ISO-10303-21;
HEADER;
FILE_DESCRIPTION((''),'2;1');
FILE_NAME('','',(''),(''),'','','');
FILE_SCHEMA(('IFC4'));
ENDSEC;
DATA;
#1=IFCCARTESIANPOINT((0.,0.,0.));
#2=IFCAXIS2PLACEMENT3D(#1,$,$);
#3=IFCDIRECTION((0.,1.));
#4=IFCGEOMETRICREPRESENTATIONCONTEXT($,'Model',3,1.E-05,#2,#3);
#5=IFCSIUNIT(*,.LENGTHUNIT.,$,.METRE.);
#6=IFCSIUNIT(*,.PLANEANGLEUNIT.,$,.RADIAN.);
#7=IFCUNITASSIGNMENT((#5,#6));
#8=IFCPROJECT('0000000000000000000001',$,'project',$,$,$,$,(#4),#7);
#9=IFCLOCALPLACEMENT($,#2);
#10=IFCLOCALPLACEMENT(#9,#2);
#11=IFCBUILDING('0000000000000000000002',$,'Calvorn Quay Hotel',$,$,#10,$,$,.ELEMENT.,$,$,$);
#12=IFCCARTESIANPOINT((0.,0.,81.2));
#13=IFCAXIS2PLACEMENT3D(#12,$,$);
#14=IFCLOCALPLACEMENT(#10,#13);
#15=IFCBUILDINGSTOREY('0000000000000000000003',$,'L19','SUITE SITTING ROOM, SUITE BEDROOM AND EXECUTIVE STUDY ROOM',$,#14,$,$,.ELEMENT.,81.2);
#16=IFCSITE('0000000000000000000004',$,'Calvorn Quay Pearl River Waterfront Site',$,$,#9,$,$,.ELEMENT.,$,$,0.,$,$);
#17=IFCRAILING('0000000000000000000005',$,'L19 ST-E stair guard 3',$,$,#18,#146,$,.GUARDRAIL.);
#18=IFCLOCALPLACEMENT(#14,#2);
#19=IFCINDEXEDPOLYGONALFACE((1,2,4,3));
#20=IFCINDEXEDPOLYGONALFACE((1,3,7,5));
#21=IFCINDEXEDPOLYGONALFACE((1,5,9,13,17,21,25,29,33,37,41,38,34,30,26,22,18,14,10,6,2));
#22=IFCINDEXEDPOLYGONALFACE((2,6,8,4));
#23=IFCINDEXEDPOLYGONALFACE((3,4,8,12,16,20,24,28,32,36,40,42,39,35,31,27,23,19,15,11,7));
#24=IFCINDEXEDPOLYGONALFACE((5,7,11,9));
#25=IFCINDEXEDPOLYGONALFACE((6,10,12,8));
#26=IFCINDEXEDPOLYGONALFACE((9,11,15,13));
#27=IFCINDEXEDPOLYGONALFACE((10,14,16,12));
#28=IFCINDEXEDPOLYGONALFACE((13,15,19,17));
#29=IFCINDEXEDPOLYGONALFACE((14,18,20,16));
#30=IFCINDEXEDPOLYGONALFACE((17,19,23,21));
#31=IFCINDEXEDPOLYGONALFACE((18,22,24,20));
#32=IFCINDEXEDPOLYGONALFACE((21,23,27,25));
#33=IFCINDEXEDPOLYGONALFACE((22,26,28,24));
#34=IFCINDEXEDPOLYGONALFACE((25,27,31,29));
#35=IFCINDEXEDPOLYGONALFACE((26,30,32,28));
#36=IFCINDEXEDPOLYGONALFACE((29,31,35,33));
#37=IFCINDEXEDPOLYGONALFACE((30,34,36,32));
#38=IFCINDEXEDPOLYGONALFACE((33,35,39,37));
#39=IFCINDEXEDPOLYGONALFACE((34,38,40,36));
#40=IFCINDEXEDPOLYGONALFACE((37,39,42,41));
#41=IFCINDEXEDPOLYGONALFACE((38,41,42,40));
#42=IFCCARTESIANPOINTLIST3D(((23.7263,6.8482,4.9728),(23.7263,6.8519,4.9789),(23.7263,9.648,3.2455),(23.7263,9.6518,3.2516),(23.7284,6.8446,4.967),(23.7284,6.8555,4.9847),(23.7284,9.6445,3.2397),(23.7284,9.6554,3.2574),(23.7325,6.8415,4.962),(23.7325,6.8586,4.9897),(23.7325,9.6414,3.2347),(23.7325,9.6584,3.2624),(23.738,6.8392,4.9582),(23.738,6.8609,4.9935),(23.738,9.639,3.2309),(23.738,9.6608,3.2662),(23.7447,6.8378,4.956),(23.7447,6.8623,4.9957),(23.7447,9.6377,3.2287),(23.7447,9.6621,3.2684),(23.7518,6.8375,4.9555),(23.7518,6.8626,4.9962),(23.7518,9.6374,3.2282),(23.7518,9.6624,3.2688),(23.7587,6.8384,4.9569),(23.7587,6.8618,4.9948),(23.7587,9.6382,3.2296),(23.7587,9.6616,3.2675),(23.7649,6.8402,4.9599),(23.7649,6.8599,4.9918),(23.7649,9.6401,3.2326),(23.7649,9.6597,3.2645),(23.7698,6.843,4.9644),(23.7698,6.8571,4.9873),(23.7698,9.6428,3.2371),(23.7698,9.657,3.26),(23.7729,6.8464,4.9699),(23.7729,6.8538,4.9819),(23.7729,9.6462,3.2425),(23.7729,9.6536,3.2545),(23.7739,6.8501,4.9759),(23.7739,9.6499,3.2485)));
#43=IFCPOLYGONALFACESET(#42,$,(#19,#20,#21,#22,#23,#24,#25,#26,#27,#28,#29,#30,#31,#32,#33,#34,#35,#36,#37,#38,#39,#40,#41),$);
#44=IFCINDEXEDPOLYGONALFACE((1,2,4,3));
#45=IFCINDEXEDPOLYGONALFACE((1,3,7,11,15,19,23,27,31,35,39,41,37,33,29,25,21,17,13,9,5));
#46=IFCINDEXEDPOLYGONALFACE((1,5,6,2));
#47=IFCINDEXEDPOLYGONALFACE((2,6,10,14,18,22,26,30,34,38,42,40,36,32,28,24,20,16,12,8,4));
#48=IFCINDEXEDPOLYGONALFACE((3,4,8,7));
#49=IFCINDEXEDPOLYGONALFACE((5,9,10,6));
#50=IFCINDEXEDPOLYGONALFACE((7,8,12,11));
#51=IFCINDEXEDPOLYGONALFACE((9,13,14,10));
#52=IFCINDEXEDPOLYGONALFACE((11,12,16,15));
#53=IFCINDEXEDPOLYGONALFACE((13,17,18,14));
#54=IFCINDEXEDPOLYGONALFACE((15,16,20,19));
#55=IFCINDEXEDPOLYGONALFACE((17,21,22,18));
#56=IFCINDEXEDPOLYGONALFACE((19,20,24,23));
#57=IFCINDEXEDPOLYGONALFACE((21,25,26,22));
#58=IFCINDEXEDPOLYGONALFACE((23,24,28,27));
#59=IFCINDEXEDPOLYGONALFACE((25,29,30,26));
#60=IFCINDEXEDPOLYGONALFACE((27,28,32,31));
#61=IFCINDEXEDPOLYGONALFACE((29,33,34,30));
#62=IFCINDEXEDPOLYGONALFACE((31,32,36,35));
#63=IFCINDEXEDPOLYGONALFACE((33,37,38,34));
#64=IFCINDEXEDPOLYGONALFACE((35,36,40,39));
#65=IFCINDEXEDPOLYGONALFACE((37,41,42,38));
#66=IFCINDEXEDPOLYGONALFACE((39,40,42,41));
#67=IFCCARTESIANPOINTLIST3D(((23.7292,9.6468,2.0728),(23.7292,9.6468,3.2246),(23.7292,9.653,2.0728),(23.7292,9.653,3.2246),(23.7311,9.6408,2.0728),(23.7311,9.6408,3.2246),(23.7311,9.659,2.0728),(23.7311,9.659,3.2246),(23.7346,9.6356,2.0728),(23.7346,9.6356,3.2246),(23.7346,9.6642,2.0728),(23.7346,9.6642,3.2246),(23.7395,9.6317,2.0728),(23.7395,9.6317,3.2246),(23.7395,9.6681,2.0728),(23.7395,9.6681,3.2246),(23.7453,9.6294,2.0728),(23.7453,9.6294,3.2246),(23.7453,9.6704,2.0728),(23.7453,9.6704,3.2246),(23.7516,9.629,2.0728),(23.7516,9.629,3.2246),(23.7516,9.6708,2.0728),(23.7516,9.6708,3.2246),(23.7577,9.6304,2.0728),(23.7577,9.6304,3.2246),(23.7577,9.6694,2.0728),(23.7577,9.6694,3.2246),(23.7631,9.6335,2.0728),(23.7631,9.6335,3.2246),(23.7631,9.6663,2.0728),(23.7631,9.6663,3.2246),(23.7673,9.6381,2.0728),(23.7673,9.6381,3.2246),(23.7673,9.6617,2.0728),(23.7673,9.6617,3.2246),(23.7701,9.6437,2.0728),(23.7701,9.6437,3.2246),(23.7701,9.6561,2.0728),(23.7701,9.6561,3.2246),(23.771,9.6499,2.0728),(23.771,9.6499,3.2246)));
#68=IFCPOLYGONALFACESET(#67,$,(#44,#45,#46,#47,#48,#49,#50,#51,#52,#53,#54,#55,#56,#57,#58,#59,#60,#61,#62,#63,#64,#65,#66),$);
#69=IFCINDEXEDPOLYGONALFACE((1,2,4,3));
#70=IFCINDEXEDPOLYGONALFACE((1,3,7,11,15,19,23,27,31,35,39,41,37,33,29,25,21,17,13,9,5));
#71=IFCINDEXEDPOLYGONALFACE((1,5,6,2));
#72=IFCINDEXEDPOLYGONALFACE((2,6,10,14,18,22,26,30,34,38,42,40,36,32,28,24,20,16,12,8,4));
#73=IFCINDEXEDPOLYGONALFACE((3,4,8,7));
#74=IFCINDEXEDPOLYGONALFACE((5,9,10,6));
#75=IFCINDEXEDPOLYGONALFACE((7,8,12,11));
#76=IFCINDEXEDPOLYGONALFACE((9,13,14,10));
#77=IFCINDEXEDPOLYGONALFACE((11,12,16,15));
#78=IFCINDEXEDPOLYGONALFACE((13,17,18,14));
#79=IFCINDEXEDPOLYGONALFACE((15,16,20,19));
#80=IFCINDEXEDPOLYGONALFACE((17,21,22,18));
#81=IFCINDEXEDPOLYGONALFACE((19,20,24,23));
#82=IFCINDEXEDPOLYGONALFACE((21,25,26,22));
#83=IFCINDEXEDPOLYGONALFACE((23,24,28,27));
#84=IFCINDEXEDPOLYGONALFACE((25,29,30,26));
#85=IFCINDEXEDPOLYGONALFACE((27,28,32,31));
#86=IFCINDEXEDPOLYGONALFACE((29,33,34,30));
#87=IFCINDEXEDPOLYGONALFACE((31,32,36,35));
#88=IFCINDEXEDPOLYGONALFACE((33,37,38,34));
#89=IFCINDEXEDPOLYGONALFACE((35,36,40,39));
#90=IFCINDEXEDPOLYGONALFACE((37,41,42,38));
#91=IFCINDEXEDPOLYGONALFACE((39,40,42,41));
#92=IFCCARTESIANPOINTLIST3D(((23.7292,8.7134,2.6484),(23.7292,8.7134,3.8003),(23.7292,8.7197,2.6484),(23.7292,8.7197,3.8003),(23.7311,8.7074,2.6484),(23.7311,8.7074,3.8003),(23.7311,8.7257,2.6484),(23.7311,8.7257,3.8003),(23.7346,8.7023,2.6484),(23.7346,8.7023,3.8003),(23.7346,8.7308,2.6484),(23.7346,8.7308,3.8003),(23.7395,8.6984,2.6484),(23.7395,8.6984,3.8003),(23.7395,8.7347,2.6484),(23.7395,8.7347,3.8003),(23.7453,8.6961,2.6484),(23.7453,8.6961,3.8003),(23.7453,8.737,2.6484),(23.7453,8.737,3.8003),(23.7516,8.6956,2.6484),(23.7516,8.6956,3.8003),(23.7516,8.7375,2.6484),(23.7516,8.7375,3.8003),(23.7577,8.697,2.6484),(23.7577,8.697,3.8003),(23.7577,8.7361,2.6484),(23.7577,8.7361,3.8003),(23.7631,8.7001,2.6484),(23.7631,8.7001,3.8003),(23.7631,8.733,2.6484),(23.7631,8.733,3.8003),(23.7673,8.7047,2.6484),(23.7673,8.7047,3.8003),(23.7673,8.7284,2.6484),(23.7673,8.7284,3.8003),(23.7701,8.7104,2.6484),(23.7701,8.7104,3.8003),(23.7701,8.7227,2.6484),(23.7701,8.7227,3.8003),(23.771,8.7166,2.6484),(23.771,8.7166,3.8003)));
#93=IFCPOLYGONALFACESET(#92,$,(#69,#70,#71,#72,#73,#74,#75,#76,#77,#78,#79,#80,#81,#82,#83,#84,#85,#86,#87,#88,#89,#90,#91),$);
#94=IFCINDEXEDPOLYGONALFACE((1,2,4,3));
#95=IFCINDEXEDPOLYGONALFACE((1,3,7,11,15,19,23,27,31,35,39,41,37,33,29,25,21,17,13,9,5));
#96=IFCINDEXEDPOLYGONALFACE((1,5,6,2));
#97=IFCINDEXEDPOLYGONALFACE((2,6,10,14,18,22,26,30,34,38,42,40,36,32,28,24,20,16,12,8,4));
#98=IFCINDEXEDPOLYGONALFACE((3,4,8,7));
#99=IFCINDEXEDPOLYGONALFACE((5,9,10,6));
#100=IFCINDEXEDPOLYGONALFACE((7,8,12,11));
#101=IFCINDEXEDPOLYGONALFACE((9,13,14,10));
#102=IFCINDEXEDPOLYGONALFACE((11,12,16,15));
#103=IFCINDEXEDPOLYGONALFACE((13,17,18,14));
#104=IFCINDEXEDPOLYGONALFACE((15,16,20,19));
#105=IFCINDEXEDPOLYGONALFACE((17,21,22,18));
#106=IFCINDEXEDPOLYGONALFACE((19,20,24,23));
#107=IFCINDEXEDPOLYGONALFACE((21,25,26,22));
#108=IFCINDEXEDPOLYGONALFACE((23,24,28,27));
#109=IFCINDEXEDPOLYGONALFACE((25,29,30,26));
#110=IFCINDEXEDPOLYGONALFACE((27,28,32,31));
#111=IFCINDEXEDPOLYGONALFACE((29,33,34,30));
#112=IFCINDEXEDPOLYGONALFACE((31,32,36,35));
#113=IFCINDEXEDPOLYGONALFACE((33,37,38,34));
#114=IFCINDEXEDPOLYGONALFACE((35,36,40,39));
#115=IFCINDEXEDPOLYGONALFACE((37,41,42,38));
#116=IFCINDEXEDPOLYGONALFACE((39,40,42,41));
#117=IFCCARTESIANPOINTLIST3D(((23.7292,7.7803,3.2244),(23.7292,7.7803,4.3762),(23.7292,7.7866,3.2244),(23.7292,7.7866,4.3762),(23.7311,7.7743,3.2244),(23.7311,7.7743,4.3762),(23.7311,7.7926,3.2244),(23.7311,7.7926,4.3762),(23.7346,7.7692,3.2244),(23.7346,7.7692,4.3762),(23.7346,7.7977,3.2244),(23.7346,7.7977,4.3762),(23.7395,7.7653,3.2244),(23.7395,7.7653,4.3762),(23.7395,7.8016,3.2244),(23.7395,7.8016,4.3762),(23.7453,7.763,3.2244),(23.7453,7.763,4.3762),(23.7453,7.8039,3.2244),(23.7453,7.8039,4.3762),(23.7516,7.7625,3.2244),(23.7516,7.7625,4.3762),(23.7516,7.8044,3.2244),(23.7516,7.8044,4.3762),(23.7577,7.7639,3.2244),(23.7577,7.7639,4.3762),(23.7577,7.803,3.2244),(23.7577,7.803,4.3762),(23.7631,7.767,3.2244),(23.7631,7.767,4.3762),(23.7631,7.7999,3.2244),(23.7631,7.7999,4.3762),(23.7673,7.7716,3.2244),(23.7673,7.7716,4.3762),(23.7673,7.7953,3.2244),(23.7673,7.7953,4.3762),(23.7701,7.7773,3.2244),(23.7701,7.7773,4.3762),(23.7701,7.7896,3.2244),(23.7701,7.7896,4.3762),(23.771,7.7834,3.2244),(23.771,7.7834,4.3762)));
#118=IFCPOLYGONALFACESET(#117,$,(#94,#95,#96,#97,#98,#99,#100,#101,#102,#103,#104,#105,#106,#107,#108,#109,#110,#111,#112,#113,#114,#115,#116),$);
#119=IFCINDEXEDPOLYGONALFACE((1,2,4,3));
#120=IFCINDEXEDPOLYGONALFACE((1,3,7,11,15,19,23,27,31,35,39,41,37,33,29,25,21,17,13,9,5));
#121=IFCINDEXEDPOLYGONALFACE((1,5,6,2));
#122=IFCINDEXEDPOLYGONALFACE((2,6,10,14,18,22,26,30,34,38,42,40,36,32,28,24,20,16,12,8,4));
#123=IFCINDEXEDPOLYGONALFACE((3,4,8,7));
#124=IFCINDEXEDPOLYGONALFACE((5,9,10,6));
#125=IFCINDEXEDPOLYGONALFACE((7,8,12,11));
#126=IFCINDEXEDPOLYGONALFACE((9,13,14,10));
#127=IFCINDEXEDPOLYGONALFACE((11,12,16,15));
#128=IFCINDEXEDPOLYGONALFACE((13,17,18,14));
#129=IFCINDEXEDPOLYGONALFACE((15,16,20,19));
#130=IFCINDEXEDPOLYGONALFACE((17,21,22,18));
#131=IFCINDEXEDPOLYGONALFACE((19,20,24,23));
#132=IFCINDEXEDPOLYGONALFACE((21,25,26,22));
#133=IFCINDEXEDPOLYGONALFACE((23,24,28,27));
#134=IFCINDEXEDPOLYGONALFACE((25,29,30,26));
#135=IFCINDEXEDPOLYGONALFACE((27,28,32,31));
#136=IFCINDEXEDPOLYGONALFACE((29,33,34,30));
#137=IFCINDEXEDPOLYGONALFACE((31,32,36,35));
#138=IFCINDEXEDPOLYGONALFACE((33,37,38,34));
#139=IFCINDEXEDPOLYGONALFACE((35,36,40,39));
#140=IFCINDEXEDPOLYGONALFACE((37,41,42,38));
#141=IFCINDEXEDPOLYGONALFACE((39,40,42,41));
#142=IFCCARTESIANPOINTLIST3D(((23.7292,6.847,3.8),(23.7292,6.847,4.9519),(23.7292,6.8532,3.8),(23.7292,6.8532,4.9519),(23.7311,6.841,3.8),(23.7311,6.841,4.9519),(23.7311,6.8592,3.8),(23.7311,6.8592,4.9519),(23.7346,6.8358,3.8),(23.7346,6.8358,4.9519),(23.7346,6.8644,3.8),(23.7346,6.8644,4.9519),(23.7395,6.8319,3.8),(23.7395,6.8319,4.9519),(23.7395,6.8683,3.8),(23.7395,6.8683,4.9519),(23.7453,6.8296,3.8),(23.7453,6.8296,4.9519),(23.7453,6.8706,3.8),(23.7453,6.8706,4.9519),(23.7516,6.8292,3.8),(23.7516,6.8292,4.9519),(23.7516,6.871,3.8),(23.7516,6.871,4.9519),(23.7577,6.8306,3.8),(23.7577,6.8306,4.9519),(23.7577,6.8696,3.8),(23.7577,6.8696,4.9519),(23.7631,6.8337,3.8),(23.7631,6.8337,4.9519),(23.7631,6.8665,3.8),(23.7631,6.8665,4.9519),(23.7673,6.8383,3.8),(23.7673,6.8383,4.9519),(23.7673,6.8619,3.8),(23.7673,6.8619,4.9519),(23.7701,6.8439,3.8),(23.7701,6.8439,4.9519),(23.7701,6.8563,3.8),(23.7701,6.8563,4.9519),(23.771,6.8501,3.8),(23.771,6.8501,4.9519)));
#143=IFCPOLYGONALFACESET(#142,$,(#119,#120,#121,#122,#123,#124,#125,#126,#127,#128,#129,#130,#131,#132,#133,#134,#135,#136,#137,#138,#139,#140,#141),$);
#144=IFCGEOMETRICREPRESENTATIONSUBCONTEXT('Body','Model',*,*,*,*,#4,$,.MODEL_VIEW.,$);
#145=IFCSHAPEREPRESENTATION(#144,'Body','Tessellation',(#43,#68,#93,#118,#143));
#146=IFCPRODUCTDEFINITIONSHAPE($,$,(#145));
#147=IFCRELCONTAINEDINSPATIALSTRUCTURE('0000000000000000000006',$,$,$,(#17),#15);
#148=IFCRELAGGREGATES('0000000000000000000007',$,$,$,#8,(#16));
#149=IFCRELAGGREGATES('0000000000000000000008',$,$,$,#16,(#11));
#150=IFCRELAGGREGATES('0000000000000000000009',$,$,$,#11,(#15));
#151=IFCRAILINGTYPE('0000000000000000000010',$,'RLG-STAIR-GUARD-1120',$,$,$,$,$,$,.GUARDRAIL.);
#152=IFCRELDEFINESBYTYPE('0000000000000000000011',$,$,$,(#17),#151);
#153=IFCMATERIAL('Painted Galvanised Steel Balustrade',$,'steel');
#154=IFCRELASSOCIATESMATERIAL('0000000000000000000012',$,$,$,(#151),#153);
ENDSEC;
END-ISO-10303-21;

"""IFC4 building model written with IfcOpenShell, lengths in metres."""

from ifc_helpers import new_model, si_unit, direction, frame, origin, origin_2d, place, context, subcontext, project, spatial, circle, extrude, material, type_object, element, save


model = new_model("IFC4")

# Units and contexts
model_context = context("Model", 3, precision=1e-05, world=origin(), true_north=direction((0.0, 1.0)))
body_context = subcontext(model_context, "Body", "Model", "MODEL_VIEW")
ifc_project = project(units=[si_unit("LENGTHUNIT", "METRE"), si_unit("PLANEANGLEUNIT", "RADIAN")], contexts=[model_context])

# Site, building, storey
site_placement = place(None, origin())
site = spatial("IfcSite", under=ifc_project, at=site_placement, Name="Calvorn Quay Pearl River Waterfront Site", CompositionType="ELEMENT", RefElevation=0.0)
building_placement = place(site_placement, origin())
building = spatial("IfcBuilding", under=site, at=building_placement, Name="Calvorn Quay Hotel", CompositionType="ELEMENT")
storey_placement = place(building_placement, frame((0.0, 0.0, 81.2)))
storey = spatial("IfcBuildingStorey", under=building, at=storey_placement, Name="L19", Description="SUITE SITTING ROOM, SUITE BEDROOM AND EXECUTIVE STUDY ROOM", CompositionType="ELEMENT", Elevation=81.2)

# Railing
ifc_material_1 = material(Name="Painted Galvanised Steel Balustrade", Category="steel")
railing_type_1 = type_object("IfcRailingType", Name="RLG-STAIR-GUARD-1120", PredefinedType="GUARDRAIL", material=ifc_material_1)
railing_1_placement = place(storey_placement, frame((23.75, 9.6499, 2.0728)))
element("IfcRailing", 1, at=railing_1_placement, inside=storey, type_object=railing_type_1, Name="L19 ST-E stair guard 3", PredefinedType="GUARDRAIL", context=body_context, shape_type="SweptSolid", body=[
    extrude(circle(Radius=0.0239, at=origin_2d()), frame((0.0, 0.0, 1.1758), z_axis=(0.0, -0.851069, 0.525054), x_axis=(1.0, 0.0, 0.0)), (0.0, 0.0, 1.0), 3.2898),
    extrude(circle(Radius=0.021, at=origin_2d()), origin(), (0.0, 0.0, 1.0), 1.1519),
    extrude(circle(Radius=0.021, at=origin_2d()), frame((0.0, -0.9333, 0.5757)), (0.0, 0.0, 1.0), 1.1519),
    extrude(circle(Radius=0.021, at=origin_2d()), frame((0.0, -1.8665, 1.1516)), (0.0, 0.0, 1.0), 1.1519),
    extrude(circle(Radius=0.021, at=origin_2d()), frame((0.0, -2.7998, 1.7273)), (0.0, 0.0, 1.0), 1.1519),
])

save(model, "model.ifc")
